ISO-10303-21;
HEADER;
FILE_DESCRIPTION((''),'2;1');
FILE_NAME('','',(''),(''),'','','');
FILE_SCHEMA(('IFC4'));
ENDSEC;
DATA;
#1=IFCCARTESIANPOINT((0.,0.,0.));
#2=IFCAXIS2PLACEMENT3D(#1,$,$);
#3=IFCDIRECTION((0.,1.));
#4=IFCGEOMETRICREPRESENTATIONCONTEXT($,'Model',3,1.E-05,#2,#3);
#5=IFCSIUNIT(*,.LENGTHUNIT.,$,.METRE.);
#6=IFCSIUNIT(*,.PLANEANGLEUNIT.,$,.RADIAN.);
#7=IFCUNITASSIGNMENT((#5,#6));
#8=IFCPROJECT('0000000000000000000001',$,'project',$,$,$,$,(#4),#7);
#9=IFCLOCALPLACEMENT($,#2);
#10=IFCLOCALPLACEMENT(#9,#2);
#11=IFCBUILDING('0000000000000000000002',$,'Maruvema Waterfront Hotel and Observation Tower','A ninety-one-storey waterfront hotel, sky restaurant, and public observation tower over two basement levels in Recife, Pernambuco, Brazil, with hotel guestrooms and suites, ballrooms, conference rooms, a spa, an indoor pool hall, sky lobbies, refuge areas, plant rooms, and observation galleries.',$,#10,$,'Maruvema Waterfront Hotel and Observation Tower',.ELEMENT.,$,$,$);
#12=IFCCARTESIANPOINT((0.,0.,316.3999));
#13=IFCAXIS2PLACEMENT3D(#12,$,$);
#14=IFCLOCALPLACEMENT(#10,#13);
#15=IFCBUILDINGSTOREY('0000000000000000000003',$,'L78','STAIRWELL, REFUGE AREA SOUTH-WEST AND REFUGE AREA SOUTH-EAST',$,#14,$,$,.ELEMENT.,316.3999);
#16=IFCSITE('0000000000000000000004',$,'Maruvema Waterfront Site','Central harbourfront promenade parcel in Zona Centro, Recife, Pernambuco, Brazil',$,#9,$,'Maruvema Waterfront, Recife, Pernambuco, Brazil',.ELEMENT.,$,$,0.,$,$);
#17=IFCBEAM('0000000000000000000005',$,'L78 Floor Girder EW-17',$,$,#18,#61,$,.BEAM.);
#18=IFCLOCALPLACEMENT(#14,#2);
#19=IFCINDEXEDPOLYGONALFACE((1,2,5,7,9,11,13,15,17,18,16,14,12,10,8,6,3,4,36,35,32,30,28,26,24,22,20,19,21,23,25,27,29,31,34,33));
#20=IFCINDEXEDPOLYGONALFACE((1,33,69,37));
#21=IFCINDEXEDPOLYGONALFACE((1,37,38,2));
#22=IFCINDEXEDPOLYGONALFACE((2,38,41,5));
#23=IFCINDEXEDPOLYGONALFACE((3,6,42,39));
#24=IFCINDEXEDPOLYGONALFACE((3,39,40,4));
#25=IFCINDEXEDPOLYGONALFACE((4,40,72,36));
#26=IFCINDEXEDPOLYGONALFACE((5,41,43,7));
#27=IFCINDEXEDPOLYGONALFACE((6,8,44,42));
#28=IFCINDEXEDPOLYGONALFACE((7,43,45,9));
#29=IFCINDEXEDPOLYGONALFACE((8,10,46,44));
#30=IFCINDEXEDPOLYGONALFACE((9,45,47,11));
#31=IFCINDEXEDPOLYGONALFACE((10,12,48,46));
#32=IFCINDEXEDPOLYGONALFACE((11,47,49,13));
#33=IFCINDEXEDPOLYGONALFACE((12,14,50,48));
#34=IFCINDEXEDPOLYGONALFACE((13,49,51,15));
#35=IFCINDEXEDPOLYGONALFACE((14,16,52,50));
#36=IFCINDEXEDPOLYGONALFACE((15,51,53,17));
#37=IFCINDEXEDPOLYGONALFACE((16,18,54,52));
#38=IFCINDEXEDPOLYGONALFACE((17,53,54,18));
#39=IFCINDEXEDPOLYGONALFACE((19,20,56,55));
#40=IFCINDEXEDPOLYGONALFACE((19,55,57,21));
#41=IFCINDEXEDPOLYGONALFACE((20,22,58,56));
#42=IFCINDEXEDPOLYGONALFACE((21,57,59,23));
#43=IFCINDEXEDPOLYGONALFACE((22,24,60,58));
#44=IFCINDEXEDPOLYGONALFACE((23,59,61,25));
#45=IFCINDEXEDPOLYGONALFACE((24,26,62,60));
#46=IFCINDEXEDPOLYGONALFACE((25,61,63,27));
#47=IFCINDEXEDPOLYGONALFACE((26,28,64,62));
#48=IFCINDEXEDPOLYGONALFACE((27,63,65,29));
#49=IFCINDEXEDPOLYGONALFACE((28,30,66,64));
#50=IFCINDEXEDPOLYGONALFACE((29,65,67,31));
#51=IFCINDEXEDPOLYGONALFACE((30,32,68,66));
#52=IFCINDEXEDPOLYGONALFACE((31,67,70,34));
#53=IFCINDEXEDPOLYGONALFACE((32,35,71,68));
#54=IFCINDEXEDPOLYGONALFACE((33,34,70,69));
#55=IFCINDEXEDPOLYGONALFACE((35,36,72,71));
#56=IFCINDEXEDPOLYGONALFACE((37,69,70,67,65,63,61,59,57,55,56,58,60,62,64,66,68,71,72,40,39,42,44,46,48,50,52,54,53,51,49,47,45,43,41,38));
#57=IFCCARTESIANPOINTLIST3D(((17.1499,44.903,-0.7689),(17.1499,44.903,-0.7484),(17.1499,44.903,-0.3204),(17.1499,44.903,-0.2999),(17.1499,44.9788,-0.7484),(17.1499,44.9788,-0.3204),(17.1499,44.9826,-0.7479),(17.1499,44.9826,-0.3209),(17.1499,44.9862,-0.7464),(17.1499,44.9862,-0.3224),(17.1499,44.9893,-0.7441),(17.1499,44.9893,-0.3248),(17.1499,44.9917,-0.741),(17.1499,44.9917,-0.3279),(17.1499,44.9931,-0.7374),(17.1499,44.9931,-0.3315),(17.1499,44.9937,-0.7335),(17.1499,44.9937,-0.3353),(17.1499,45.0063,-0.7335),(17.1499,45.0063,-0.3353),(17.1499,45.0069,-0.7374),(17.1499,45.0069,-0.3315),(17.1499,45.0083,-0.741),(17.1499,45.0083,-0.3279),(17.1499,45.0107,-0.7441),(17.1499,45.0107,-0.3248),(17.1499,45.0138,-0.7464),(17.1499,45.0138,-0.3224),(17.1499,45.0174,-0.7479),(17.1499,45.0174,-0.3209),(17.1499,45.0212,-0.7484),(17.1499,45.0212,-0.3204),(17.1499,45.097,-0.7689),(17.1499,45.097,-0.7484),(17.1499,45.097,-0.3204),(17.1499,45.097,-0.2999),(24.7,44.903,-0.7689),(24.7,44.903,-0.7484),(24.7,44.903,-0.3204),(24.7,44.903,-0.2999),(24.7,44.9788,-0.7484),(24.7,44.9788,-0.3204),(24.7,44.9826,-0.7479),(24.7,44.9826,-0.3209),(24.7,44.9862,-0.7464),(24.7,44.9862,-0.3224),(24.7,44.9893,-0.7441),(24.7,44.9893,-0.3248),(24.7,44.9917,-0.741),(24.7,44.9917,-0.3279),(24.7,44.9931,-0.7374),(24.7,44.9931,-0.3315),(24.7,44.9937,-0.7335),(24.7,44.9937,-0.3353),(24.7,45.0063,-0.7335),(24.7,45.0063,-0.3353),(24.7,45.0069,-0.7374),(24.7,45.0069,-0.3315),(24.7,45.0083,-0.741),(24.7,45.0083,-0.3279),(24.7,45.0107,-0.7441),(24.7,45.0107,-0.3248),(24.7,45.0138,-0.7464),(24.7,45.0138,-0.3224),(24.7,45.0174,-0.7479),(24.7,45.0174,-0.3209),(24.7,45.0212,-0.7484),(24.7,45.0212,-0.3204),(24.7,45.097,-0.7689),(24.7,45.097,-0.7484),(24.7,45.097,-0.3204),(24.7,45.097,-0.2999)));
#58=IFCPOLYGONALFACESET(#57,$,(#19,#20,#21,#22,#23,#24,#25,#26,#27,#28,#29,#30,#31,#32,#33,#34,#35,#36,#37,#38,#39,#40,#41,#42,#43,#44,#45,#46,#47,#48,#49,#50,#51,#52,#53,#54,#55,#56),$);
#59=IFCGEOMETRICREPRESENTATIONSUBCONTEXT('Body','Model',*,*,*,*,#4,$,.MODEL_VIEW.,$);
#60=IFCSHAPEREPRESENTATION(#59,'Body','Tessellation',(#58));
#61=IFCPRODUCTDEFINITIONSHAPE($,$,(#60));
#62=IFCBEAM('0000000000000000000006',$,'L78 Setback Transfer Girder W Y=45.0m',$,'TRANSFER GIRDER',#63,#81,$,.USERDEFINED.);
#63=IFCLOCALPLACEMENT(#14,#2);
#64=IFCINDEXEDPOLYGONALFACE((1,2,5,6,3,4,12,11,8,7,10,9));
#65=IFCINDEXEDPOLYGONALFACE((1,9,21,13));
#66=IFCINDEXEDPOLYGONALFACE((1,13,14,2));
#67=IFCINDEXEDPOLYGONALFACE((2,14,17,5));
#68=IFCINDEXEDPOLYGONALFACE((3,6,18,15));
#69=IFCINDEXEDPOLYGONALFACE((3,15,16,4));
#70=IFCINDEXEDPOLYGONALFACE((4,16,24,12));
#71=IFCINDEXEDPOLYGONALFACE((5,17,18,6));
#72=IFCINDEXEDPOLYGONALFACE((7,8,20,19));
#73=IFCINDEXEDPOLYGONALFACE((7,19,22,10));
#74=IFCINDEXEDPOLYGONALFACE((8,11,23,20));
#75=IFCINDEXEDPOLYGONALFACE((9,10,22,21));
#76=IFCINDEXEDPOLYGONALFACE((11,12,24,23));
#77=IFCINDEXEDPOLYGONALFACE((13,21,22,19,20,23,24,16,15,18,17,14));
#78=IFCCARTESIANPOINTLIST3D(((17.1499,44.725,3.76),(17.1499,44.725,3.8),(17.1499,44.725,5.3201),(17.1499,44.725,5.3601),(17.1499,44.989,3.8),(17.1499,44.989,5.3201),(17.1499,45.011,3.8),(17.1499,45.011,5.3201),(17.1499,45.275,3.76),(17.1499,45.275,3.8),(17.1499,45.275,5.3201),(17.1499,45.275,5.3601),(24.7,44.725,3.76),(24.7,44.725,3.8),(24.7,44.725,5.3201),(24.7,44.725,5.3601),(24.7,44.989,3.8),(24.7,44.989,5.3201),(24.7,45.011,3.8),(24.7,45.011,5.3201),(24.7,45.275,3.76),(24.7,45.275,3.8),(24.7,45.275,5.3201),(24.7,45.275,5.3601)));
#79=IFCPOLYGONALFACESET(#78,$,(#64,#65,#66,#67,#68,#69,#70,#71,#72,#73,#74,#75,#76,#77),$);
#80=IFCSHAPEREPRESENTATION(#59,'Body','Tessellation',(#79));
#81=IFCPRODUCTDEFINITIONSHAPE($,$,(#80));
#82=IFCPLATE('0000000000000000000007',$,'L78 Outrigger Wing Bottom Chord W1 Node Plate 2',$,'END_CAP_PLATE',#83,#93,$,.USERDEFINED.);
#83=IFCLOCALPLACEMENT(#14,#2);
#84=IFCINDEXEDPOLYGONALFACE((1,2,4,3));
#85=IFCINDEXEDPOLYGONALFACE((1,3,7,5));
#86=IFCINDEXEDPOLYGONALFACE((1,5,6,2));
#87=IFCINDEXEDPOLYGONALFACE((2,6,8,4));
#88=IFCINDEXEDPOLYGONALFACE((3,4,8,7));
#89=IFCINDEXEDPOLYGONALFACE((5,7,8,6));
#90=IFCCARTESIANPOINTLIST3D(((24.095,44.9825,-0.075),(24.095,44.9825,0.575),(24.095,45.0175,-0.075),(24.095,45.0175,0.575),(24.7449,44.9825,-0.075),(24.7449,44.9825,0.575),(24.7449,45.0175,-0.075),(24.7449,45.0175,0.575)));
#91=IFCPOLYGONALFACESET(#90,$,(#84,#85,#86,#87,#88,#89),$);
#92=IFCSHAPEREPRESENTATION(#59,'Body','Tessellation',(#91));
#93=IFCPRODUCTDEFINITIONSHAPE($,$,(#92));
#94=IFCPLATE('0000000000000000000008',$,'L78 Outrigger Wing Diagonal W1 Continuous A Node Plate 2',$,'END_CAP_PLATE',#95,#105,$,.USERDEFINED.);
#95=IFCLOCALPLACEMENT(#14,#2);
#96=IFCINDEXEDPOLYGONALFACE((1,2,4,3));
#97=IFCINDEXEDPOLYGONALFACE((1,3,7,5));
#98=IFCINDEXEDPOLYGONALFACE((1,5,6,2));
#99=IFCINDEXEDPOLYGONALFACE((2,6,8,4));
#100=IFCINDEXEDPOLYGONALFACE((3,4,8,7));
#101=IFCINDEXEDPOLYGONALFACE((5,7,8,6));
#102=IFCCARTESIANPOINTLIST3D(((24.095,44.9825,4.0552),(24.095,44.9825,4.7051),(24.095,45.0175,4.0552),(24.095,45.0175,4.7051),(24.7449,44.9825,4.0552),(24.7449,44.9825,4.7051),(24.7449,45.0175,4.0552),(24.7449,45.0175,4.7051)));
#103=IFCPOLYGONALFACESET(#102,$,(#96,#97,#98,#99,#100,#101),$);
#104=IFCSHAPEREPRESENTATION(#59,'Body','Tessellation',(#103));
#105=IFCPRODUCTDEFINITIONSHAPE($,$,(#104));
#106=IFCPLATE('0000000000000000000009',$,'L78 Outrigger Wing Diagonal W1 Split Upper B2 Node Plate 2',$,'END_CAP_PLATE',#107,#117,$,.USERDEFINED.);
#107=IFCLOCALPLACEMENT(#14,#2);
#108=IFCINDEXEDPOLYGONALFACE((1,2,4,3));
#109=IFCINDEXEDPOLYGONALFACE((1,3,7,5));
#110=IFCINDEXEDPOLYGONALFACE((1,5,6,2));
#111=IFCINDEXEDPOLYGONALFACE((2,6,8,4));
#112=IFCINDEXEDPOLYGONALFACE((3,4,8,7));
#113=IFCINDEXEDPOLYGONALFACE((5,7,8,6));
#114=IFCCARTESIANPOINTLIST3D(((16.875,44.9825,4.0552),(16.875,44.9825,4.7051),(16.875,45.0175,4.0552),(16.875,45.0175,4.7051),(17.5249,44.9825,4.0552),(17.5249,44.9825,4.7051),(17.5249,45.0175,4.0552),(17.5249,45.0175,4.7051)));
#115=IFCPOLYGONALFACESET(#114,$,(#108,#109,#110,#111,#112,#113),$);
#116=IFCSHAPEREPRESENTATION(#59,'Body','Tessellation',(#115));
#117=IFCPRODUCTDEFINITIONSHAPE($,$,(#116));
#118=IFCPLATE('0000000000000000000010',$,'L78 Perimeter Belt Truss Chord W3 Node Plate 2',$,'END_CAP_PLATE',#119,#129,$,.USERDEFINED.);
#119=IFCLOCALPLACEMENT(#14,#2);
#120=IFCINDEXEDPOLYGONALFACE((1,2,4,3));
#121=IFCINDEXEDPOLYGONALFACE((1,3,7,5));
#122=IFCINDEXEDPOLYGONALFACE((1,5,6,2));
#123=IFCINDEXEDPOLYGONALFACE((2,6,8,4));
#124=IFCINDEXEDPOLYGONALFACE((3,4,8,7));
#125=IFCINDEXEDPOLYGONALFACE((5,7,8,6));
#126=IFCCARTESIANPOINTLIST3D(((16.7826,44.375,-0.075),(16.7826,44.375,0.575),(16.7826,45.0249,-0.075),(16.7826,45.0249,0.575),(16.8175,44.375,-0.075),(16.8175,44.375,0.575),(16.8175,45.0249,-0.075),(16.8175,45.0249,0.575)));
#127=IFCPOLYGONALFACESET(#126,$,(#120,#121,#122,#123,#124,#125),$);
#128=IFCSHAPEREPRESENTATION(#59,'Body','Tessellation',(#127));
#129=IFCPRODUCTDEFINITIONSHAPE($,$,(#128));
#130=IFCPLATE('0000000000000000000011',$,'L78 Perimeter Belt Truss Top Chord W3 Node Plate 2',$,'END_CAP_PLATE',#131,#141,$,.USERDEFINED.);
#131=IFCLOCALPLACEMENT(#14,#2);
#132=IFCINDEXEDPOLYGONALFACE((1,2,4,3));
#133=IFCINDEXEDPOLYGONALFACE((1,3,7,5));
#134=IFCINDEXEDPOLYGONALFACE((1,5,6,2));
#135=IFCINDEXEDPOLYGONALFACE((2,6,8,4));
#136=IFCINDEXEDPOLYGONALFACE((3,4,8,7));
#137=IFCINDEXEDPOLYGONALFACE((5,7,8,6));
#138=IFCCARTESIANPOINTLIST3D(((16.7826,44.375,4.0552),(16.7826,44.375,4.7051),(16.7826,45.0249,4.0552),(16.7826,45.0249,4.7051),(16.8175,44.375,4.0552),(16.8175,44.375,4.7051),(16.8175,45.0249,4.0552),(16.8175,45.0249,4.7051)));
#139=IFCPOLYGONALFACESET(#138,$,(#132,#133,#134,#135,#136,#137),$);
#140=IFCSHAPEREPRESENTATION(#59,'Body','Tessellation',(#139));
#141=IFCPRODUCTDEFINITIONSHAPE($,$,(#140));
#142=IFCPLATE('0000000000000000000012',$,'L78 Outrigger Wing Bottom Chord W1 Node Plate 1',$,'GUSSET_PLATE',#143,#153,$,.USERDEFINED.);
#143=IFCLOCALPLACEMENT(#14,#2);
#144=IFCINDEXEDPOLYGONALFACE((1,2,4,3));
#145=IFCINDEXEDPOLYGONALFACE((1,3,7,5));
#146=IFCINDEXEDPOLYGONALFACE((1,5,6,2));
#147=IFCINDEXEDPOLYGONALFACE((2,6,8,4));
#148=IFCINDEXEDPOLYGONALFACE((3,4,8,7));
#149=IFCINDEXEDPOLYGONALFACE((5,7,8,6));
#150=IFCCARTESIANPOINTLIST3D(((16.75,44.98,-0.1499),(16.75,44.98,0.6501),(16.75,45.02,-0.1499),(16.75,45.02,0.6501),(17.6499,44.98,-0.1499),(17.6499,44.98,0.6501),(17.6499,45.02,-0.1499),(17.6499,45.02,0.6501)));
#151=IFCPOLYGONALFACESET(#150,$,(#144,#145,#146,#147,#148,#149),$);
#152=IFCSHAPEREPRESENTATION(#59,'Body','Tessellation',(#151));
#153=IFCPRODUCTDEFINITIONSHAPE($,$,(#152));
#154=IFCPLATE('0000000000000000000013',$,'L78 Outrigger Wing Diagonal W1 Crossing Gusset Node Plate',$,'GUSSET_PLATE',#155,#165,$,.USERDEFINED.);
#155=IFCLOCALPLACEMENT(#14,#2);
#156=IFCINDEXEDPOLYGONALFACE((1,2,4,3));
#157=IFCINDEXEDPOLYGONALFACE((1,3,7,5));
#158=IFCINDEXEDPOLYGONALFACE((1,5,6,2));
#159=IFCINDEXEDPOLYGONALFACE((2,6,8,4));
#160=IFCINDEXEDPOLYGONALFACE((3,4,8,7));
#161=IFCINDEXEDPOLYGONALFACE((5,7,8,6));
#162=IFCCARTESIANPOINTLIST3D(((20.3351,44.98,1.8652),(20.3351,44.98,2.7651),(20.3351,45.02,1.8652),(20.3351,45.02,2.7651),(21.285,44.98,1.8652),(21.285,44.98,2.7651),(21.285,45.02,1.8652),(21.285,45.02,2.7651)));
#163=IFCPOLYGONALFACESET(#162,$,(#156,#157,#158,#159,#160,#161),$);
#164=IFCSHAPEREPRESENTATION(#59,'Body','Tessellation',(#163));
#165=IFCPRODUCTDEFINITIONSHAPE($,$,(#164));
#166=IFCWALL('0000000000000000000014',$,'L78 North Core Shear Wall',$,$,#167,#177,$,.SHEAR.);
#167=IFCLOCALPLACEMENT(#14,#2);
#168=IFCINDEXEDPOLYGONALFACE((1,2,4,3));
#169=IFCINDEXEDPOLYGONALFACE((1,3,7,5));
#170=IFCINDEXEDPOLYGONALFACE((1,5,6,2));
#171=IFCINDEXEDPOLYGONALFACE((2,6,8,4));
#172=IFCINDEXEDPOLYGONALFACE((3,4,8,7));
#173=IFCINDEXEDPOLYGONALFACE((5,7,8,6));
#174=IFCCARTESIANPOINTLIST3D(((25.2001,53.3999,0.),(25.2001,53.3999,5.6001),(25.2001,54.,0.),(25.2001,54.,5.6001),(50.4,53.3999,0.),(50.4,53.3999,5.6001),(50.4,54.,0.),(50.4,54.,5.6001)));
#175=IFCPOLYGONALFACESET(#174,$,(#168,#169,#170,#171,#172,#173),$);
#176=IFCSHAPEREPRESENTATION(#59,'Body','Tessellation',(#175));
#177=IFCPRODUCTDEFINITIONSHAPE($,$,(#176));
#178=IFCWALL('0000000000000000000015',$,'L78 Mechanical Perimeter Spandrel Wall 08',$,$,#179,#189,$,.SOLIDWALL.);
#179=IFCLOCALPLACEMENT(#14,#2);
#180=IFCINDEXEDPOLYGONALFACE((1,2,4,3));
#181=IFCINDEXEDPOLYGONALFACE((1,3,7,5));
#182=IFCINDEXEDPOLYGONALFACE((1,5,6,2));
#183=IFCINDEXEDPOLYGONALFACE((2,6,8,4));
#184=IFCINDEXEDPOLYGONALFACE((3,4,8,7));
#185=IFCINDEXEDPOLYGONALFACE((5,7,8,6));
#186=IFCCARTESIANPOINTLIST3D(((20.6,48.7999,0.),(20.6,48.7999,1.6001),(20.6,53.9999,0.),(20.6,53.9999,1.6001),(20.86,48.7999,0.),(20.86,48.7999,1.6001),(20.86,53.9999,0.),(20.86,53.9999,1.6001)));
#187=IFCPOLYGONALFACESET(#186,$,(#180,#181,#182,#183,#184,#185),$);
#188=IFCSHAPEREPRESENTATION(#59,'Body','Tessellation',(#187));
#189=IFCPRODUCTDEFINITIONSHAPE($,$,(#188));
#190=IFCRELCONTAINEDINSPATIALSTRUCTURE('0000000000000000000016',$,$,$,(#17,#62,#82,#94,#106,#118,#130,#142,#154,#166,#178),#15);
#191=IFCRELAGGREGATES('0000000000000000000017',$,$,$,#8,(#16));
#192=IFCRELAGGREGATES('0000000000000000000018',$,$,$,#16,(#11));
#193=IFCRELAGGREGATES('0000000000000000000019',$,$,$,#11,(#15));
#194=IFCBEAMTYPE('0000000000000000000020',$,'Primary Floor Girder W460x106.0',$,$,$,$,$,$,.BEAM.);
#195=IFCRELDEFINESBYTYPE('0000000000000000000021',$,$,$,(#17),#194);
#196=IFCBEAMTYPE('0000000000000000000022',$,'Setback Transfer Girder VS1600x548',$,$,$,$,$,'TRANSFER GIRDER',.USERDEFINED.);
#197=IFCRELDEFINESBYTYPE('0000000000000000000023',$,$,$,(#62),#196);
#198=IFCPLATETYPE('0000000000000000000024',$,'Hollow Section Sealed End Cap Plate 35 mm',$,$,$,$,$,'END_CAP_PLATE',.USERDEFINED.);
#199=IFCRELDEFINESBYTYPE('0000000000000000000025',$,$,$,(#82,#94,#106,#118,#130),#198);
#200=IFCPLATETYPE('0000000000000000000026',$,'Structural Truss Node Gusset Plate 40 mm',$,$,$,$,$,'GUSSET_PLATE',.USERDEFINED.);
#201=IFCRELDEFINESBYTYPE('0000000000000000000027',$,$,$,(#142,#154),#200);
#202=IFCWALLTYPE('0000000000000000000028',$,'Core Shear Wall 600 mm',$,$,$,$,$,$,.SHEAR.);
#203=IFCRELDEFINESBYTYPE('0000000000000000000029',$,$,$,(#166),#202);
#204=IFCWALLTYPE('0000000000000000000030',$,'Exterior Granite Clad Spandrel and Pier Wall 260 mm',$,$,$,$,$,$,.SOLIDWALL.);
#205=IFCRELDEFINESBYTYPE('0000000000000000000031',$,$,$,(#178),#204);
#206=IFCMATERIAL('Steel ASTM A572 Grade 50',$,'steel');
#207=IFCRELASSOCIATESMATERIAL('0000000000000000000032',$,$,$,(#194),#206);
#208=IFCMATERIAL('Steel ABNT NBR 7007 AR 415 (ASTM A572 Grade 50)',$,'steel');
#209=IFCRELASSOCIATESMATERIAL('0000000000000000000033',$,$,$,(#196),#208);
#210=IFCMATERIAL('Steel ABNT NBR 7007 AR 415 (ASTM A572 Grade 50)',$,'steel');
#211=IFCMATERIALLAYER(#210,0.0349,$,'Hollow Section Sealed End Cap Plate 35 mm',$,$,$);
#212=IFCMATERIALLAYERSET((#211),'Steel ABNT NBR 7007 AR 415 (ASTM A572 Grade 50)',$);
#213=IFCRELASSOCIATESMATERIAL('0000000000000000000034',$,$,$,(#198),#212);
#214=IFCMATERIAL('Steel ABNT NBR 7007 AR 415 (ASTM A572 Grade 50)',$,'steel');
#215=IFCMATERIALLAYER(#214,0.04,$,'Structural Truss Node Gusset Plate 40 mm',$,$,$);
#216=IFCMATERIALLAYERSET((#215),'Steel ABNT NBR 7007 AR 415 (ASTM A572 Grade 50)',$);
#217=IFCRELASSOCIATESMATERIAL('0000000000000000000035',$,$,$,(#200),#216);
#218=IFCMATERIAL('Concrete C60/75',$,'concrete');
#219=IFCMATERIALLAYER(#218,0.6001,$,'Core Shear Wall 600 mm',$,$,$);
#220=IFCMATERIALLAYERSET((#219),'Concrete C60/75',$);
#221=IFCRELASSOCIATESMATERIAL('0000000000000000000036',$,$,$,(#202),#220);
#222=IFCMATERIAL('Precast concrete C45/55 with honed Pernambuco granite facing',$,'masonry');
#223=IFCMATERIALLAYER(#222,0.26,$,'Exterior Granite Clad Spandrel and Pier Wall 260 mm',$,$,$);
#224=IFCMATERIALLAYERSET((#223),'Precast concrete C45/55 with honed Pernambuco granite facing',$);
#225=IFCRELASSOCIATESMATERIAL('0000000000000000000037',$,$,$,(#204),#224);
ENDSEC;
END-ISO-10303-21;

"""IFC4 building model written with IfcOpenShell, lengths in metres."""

from ifc_helpers import new_model, si_unit, direction, frame, frame_2d, origin, origin_2d, place, context, subcontext, project, spatial, rectangle, i_section, extrude, material, layer, layer_set, material_profile, profile_set, type_object, element, save


model = new_model("IFC4")

# Units and contexts
model_context = context("Model", 3, precision=1e-05, world=origin(), true_north=direction((0.0, 1.0)))
body_context = subcontext(model_context, "Body", "Model", "MODEL_VIEW")
ifc_project = project(units=[si_unit("LENGTHUNIT", "METRE"), si_unit("PLANEANGLEUNIT", "RADIAN")], contexts=[model_context])

# Site, building, storey
site_placement = place(None, origin())
site = spatial("IfcSite", under=ifc_project, at=site_placement, Name="Maruvema Waterfront Site", Description="Central harbourfront promenade parcel in Zona Centro, Recife, Pernambuco, Brazil", LongName="Maruvema Waterfront, Recife, Pernambuco, Brazil", CompositionType="ELEMENT", RefElevation=0.0)
building_placement = place(site_placement, origin())
building = spatial("IfcBuilding", under=site, at=building_placement, Name="Maruvema Waterfront Hotel and Observation Tower", Description="A ninety-one-storey waterfront hotel, sky restaurant, and public observation tower over two basement levels in Recife, Pernambuco, Brazil, with hotel guestrooms and suites, ballrooms, conference rooms, a spa, an indoor pool hall, sky lobbies, refuge areas, plant rooms, and observation galleries.", LongName="Maruvema Waterfront Hotel and Observation Tower", CompositionType="ELEMENT")
storey_placement = place(building_placement, frame((0.0, 0.0, 316.3999)))
storey = spatial("IfcBuildingStorey", under=building, at=storey_placement, Name="L78", Description="STAIRWELL, REFUGE AREA SOUTH-WEST AND REFUGE AREA SOUTH-EAST", CompositionType="ELEMENT", Elevation=316.3999)

# Beams
ifc_material_1 = material(Name="Steel ASTM A572 Grade 50", Category="steel")
ifc_material_profile_1 = material_profile(ifc_material_1, i_section(OverallWidth=0.1941, OverallDepth=0.469, WebThickness=0.0127, FlangeThickness=0.0205, FilletRadius=0.0149, at=origin_2d()), Name="W460x106.0")
ifc_profile_set_1 = profile_set([ifc_material_profile_1], Name="Steel ASTM A572 Grade 50")
beam_type_1 = type_object("IfcBeamType", Name="Primary Floor Girder W460x106.0", PredefinedType="BEAM", material=ifc_profile_set_1)
beam_1_placement = place(storey_placement, frame((17.1499, 45.0, -0.5344), z_axis=(1.0, 0.0, 0.0), x_axis=(0.0, 1.0, 0.0)))
element("IfcBeam", 1, at=beam_1_placement, inside=storey, type_object=beam_type_1, Name="L78 Floor Girder EW-17", PredefinedType="BEAM", context=body_context, shape_type="SweptSolid", body=[
    extrude(i_section(OverallWidth=0.1941, OverallDepth=0.469, WebThickness=0.0127, FlangeThickness=0.0205, FilletRadius=0.0149, at=origin_2d()), origin(), (0.0, 0.0, 1.0), 7.55),
])
ifc_material_2 = material(Name="Steel ABNT NBR 7007 AR 415 (ASTM A572 Grade 50)", Category="steel")
ifc_material_profile_2 = material_profile(ifc_material_2, i_section(OverallWidth=0.55, OverallDepth=1.6001, WebThickness=0.022, FlangeThickness=0.04, at=origin_2d()), Name="VS1600x548")
ifc_profile_set_2 = profile_set([ifc_material_profile_2], Name="Steel ABNT NBR 7007 AR 415 (ASTM A572 Grade 50)")
beam_type_2 = type_object("IfcBeamType", Name="Setback Transfer Girder VS1600x548", ElementType="TRANSFER GIRDER", PredefinedType="USERDEFINED", material=ifc_profile_set_2)
beam_2_placement = place(storey_placement, frame((17.1499, 45.0, 4.5601), z_axis=(1.0, 0.0, 0.0), x_axis=(0.0, 1.0, 0.0)))
element("IfcBeam", 2, at=beam_2_placement, inside=storey, type_object=beam_type_2, Name="L78 Setback Transfer Girder W Y=45.0m", ObjectType="TRANSFER GIRDER", PredefinedType="USERDEFINED", context=body_context, shape_type="SweptSolid", body=[
    extrude(i_section(OverallWidth=0.55, OverallDepth=1.6001, WebThickness=0.022, FlangeThickness=0.04, at=origin_2d()), origin(), (0.0, 0.0, 1.0), 7.55),
])

# Plates
ifc_material_3 = material(Name="Steel ABNT NBR 7007 AR 415 (ASTM A572 Grade 50)", Category="steel")
ifc_layer_1 = layer(ifc_material_3, 0.0349, Name="Hollow Section Sealed End Cap Plate 35 mm")
ifc_layer_set_1 = layer_set([ifc_layer_1], Name="Steel ABNT NBR 7007 AR 415 (ASTM A572 Grade 50)")
plate_type_1 = type_object("IfcPlateType", Name="Hollow Section Sealed End Cap Plate 35 mm", ElementType="END_CAP_PLATE", PredefinedType="USERDEFINED", material=ifc_layer_set_1)
for number, where, z_axis, x_axis, name in (
    (3, (24.4199, 45.0, -0.075), (0.0, 0.0, 1.0), (1.0, 0.0, 0.0), "L78 Outrigger Wing Bottom Chord W1 Node Plate 2"),
    (4, (24.4199, 45.0, 4.0552), (0.0, 0.0, 1.0), (1.0, 0.0, 0.0), "L78 Outrigger Wing Diagonal W1 Continuous A Node Plate 2"),
    (5, (17.2, 45.0, 4.0552), (0.0, 0.0, 1.0), (-1.0, 0.0, 0.0), "L78 Outrigger Wing Diagonal W1 Split Upper B2 Node Plate 2"),
    (6, (16.8, 44.7, -0.075), (0.0, 0.0, 1.0), (0.0, 1.0, 0.0), "L78 Perimeter Belt Truss Chord W3 Node Plate 2"),
    (7, (16.8, 44.7, 4.0552), (0.0, 0.0, 1.0), (0.0, 1.0, 0.0), "L78 Perimeter Belt Truss Top Chord W3 Node Plate 2"),
):
    element("IfcPlate", number, at=place(storey_placement, frame(where, z_axis=z_axis, x_axis=x_axis)), inside=storey, type_object=plate_type_1, Name=name, ObjectType="END_CAP_PLATE", PredefinedType="USERDEFINED", context=body_context, shape_type="SweptSolid", body=[
        extrude(rectangle(XDim=0.6499, YDim=0.0349, at=origin_2d()), origin(), (0.0, 0.0, 1.0), 0.6499),
    ])
ifc_material_4 = material(Name="Steel ABNT NBR 7007 AR 415 (ASTM A572 Grade 50)", Category="steel")
ifc_layer_2 = layer(ifc_material_4, 0.04, Name="Structural Truss Node Gusset Plate 40 mm")
ifc_layer_set_2 = layer_set([ifc_layer_2], Name="Steel ABNT NBR 7007 AR 415 (ASTM A572 Grade 50)")
plate_type_2 = type_object("IfcPlateType", Name="Structural Truss Node Gusset Plate 40 mm", ElementType="GUSSET_PLATE", PredefinedType="USERDEFINED", material=ifc_layer_set_2)
plate_1_placement = place(storey_placement, frame((17.2, 45.0, -0.1499), z_axis=(0.0, 0.0, 1.0), x_axis=(1.0, 0.0, 0.0)))
element("IfcPlate", 8, at=plate_1_placement, inside=storey, type_object=plate_type_2, Name="L78 Outrigger Wing Bottom Chord W1 Node Plate 1", ObjectType="GUSSET_PLATE", PredefinedType="USERDEFINED", context=body_context, shape_type="SweptSolid", body=[
    extrude(rectangle(XDim=0.8999, YDim=0.04, at=origin_2d()), origin(), (0.0, 0.0, 1.0), 0.8),
])
plate_2_placement = place(storey_placement, frame((20.8101, 45.0, 1.8652), z_axis=(0.0, 0.0, 1.0), x_axis=(-1.0, 0.0, 0.0)))
element("IfcPlate", 9, at=plate_2_placement, inside=storey, type_object=plate_type_2, Name="L78 Outrigger Wing Diagonal W1 Crossing Gusset Node Plate", ObjectType="GUSSET_PLATE", PredefinedType="USERDEFINED", context=body_context, shape_type="SweptSolid", body=[
    extrude(rectangle(XDim=0.95, YDim=0.04, at=origin_2d()), origin(), (0.0, 0.0, 1.0), 0.8999),
])

# Wall
ifc_material_5 = material(Name="Concrete C60/75", Category="concrete")
ifc_layer_3 = layer(ifc_material_5, 0.6001, Name="Core Shear Wall 600 mm")
ifc_layer_set_3 = layer_set([ifc_layer_3], Name="Concrete C60/75")
wall_type_1 = type_object("IfcWallType", Name="Core Shear Wall 600 mm", PredefinedType="SHEAR", material=ifc_layer_set_3)
wall_1_placement = place(storey_placement, frame((25.2, 53.7, 0.0), z_axis=(0.0, 0.0, 1.0), x_axis=(1.0, 0.0, 0.0)))
element("IfcWall", 10, at=wall_1_placement, inside=storey, type_object=wall_type_1, Name="L78 North Core Shear Wall", PredefinedType="SHEAR", context=body_context, shape_type="SweptSolid", body=[
    extrude(rectangle(XDim=25.2, YDim=0.6001, at=frame_2d((12.6001, 0.0))), origin(), (0.0, 0.0, 1.0), 5.6001),
])

# Wall
ifc_material_6 = material(Name="Precast concrete C45/55 with honed Pernambuco granite facing", Category="masonry")
ifc_layer_4 = layer(ifc_material_6, 0.26, Name="Exterior Granite Clad Spandrel and Pier Wall 260 mm")
ifc_layer_set_4 = layer_set([ifc_layer_4], Name="Precast concrete C45/55 with honed Pernambuco granite facing")
wall_type_2 = type_object("IfcWallType", Name="Exterior Granite Clad Spandrel and Pier Wall 260 mm", PredefinedType="SOLIDWALL", material=ifc_layer_set_4)
wall_2_placement = place(storey_placement, frame((20.73, 54.0, 0.0), z_axis=(0.0, 0.0, 1.0), x_axis=(0.0, -1.0, 0.0)))
element("IfcWall", 11, at=wall_2_placement, inside=storey, type_object=wall_type_2, Name="L78 Mechanical Perimeter Spandrel Wall 08", PredefinedType="SOLIDWALL", context=body_context, shape_type="SweptSolid", body=[
    extrude(rectangle(XDim=5.2, YDim=0.26, at=frame_2d((2.6001, 0.0))), origin(), (0.0, 0.0, 1.0), 1.6001),
])

save(model, "model.ifc")
